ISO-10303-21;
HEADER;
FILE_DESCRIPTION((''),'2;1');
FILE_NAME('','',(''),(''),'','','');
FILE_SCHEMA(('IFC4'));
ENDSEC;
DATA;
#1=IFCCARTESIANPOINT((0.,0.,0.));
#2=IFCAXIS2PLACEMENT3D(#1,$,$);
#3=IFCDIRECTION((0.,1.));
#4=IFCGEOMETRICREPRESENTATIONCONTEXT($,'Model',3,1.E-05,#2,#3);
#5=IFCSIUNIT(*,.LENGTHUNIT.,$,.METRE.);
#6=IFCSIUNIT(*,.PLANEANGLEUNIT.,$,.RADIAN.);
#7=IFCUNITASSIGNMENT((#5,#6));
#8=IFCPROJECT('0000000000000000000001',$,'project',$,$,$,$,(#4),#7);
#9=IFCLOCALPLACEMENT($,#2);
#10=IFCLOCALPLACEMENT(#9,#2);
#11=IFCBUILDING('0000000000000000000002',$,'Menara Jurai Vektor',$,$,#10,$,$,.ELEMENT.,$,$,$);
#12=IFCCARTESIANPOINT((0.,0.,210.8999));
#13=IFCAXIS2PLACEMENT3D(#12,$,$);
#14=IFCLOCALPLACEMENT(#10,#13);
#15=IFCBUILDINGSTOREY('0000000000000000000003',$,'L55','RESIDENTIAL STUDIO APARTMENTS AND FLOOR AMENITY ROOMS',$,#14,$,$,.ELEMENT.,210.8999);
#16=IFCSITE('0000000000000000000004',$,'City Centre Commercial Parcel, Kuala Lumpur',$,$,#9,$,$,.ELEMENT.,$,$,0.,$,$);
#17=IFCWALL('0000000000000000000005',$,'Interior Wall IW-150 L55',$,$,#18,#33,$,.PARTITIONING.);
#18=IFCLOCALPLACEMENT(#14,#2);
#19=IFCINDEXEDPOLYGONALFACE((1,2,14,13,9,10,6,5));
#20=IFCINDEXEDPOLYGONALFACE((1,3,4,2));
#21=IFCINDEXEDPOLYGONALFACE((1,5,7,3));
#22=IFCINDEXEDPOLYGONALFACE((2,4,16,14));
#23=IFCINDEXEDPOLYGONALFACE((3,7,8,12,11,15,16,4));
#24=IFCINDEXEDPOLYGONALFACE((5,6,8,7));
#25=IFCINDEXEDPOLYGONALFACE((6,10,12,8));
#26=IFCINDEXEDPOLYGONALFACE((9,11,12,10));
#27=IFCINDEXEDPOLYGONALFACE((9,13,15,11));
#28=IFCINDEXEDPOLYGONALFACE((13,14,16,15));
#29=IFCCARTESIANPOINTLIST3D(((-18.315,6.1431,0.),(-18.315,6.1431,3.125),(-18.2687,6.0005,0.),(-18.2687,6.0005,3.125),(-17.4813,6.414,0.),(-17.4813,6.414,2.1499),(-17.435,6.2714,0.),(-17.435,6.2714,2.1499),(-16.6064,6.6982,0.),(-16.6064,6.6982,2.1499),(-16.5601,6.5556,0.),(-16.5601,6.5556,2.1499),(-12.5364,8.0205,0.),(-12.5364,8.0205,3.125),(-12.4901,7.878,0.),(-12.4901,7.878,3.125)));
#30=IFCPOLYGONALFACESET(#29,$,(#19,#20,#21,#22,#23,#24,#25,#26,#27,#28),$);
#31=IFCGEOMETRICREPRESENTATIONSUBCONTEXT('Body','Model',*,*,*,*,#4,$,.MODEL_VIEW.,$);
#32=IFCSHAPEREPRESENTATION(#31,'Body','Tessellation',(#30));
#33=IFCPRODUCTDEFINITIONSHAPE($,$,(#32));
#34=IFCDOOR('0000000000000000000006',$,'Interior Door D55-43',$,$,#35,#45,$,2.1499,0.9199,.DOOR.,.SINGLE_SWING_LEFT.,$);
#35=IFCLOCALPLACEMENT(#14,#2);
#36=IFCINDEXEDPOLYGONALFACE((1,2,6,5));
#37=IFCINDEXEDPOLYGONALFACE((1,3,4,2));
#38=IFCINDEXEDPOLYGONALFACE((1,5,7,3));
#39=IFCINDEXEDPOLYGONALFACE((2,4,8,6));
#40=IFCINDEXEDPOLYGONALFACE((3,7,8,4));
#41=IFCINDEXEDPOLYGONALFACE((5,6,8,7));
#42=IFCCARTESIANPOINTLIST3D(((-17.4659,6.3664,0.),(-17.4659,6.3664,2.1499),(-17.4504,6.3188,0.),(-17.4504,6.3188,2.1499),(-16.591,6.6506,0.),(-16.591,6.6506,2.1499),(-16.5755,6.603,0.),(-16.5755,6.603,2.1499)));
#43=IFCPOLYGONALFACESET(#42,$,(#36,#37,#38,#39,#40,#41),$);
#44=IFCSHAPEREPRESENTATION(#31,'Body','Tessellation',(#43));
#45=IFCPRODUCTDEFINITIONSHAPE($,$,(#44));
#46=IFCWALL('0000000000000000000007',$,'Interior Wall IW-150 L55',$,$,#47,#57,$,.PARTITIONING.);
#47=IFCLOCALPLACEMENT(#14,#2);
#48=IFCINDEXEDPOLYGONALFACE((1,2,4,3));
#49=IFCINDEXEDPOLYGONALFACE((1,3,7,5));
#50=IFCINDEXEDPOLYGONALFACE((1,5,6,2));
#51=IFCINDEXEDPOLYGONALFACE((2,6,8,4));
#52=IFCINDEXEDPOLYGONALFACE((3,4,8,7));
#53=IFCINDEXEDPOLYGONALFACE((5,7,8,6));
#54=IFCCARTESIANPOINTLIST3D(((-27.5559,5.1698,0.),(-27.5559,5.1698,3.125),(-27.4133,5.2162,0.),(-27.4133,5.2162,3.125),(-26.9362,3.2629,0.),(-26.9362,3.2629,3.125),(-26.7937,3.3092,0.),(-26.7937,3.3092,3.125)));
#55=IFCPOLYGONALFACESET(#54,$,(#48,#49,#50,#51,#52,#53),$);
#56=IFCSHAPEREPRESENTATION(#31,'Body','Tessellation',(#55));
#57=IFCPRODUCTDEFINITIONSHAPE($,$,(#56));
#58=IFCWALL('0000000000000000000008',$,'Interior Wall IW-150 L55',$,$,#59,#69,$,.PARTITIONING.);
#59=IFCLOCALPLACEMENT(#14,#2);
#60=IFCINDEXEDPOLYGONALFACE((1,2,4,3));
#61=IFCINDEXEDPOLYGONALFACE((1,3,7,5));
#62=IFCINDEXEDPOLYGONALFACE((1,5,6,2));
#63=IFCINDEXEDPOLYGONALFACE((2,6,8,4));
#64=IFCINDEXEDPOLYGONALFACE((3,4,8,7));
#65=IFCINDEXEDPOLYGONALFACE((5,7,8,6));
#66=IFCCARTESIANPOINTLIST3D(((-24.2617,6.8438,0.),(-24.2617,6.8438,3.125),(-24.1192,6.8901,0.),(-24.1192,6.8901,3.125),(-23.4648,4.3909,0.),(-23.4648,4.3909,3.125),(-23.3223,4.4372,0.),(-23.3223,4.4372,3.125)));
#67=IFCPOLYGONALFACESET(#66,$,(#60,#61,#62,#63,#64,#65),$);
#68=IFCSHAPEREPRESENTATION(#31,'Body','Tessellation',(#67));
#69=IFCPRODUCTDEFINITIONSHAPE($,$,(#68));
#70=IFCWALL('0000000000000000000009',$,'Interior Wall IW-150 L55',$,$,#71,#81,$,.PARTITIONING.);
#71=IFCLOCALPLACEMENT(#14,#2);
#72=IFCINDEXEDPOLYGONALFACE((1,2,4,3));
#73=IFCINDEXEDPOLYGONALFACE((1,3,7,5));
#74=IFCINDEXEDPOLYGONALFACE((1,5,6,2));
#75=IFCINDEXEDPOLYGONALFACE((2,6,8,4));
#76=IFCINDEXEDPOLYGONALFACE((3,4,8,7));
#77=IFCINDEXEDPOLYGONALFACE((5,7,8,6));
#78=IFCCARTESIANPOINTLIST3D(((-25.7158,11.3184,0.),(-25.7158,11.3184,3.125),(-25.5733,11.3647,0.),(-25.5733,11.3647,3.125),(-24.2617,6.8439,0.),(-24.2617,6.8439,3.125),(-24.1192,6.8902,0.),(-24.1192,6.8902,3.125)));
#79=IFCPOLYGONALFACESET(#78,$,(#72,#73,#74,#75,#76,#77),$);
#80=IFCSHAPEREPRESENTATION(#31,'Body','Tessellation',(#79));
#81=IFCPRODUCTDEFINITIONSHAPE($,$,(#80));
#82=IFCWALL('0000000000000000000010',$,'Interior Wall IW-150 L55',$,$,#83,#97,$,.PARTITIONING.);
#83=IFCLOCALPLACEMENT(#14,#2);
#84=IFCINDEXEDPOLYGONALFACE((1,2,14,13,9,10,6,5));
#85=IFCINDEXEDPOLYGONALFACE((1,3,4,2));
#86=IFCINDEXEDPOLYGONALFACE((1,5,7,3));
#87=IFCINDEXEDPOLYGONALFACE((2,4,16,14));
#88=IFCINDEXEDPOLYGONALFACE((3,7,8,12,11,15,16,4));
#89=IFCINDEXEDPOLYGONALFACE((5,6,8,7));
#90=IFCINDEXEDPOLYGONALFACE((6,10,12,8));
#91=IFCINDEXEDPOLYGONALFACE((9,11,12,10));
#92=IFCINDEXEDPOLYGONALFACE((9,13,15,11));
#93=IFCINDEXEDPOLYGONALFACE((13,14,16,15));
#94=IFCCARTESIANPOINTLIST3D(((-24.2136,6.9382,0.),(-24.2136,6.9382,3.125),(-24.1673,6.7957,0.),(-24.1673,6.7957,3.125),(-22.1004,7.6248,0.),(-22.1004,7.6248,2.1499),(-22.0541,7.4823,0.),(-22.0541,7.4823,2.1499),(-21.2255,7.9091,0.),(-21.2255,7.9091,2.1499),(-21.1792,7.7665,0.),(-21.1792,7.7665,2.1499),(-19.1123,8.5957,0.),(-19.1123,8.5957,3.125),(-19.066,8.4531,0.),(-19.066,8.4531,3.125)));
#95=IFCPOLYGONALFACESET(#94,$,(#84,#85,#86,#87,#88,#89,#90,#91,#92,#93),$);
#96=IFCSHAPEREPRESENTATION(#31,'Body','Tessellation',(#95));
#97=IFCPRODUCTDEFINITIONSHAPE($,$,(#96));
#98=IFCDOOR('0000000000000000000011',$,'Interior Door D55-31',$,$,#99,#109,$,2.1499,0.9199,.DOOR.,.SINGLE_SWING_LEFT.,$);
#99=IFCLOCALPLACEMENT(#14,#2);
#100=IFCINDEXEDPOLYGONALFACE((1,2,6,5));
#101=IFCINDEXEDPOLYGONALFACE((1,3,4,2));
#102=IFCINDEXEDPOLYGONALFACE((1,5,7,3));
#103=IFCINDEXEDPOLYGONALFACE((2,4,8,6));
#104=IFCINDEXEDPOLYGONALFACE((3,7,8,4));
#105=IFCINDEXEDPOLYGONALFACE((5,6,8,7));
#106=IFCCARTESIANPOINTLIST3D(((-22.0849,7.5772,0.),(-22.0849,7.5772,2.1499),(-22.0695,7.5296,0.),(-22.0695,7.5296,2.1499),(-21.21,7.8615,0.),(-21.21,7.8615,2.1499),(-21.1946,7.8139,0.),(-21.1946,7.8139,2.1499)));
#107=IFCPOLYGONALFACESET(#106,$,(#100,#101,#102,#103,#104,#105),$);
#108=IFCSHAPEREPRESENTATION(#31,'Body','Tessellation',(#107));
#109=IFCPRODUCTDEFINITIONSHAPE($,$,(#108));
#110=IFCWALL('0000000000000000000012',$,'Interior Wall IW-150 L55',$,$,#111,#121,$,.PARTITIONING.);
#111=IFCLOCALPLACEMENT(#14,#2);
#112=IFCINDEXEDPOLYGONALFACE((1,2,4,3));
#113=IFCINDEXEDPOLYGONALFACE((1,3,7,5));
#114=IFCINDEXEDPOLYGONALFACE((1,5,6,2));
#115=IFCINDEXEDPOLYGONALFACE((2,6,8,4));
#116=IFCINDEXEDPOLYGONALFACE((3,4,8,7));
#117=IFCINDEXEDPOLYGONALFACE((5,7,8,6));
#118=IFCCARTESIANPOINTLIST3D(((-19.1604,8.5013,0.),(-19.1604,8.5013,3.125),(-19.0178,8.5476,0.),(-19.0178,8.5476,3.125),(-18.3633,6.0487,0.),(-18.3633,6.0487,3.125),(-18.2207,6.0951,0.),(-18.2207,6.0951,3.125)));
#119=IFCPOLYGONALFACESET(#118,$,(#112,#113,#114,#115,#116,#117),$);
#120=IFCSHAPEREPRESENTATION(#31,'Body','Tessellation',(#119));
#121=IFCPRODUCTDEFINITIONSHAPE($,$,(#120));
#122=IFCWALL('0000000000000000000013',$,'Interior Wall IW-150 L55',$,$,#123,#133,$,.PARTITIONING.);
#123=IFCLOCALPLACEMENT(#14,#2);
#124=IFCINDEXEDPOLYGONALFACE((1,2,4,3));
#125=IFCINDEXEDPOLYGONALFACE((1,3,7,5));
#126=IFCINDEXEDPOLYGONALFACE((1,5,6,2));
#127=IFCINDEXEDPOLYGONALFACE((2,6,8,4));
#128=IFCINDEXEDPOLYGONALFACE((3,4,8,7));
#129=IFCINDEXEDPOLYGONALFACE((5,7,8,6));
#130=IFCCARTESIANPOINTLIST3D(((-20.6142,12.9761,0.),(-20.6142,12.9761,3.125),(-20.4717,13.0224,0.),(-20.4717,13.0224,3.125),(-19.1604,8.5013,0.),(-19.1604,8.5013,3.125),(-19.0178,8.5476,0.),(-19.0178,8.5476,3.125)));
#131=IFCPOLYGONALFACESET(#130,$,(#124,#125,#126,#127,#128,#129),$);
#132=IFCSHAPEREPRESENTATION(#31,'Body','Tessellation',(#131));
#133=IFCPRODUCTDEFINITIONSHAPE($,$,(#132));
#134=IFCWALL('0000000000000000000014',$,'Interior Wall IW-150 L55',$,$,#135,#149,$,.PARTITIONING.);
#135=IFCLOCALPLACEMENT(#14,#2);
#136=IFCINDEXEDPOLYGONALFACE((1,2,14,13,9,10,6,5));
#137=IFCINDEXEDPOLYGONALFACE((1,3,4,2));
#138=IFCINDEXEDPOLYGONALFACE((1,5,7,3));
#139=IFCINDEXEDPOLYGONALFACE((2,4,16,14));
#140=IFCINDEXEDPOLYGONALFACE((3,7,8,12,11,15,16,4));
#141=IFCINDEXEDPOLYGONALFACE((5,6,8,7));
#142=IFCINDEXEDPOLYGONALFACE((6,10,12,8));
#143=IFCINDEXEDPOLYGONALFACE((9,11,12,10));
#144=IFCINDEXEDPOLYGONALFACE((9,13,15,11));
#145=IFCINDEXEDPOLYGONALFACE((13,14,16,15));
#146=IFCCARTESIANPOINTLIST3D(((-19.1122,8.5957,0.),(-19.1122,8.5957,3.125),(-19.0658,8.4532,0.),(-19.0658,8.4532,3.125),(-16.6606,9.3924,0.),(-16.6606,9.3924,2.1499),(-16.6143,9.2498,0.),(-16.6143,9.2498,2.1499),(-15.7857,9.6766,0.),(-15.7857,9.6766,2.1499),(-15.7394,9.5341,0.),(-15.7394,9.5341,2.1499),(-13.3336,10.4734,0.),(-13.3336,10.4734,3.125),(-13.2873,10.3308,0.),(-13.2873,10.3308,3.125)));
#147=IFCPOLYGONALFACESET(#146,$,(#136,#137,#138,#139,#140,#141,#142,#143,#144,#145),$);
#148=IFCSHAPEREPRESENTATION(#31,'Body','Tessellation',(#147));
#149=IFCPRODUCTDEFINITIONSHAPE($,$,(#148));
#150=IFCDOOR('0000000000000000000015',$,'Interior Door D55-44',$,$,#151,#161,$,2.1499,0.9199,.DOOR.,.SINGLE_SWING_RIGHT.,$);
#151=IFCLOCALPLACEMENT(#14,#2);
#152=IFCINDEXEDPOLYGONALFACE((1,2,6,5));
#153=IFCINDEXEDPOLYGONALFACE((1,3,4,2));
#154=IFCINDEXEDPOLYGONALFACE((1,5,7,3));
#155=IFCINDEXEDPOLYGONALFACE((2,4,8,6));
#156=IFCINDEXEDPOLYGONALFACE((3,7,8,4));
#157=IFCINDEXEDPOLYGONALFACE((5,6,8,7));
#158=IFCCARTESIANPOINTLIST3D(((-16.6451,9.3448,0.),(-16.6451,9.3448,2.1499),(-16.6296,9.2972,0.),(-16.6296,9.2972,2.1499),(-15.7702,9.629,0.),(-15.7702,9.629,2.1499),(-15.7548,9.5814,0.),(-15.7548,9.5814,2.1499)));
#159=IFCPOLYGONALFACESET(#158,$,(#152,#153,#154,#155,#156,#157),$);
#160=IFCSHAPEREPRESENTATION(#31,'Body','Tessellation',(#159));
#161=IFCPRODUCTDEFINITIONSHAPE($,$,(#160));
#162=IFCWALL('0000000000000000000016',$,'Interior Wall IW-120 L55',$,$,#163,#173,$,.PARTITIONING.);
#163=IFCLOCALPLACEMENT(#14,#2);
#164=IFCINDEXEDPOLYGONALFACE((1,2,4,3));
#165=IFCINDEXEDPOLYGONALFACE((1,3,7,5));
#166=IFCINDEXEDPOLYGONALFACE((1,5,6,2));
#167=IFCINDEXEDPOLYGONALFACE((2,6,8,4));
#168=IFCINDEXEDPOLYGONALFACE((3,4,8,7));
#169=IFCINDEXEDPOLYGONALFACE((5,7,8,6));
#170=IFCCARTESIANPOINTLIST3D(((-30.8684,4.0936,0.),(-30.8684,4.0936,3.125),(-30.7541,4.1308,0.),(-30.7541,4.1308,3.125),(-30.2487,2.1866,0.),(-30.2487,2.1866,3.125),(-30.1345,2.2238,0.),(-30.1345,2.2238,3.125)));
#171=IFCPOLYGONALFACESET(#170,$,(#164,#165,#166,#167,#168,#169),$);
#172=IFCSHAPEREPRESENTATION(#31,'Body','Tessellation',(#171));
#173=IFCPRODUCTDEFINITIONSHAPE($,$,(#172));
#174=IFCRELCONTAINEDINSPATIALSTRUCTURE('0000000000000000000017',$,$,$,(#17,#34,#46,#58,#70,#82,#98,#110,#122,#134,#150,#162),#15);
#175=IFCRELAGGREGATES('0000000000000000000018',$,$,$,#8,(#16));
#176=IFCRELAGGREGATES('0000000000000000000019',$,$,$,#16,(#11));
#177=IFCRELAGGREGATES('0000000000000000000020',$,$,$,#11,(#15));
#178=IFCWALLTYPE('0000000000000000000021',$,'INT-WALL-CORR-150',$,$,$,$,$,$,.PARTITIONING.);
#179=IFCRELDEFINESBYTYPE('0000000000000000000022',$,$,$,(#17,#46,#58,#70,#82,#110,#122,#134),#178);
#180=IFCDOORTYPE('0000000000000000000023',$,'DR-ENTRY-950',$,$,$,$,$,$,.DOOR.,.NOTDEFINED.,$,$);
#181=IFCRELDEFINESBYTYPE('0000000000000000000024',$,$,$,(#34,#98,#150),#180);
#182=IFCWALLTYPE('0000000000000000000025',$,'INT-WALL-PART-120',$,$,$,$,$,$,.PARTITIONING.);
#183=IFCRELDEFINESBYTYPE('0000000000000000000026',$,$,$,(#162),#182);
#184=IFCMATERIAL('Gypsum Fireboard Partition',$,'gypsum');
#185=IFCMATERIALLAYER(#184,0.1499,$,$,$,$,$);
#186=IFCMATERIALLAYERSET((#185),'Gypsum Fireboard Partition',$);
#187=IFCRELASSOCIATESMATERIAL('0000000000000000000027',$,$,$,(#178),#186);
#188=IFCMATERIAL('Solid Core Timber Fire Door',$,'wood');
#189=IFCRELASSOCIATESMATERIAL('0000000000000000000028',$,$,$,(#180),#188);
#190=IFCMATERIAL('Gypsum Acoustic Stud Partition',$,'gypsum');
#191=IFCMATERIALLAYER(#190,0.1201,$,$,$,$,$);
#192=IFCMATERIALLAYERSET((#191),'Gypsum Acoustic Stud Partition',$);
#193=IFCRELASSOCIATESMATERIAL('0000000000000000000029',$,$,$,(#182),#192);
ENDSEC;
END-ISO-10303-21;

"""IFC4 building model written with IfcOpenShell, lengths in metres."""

from ifc_helpers import new_model, si_unit, direction, frame, frame_2d, origin, place, context, subcontext, project, spatial, rectangle, extrude, material, layer, layer_set, type_object, element, fill, save


model = new_model("IFC4")

# Units and contexts
model_context = context("Model", 3, precision=1e-05, world=origin(), true_north=direction((0.0, 1.0)))
body_context = subcontext(model_context, "Body", "Model", "MODEL_VIEW")
ifc_project = project(units=[si_unit("LENGTHUNIT", "METRE"), si_unit("PLANEANGLEUNIT", "RADIAN")], contexts=[model_context])

# Site, building, storey
site_placement = place(None, origin())
site = spatial("IfcSite", under=ifc_project, at=site_placement, Name="City Centre Commercial Parcel, Kuala Lumpur", CompositionType="ELEMENT", RefElevation=0.0)
building_placement = place(site_placement, origin())
building = spatial("IfcBuilding", under=site, at=building_placement, Name="Menara Jurai Vektor", CompositionType="ELEMENT")
storey_placement = place(building_placement, frame((0.0, 0.0, 210.8999)))
storey = spatial("IfcBuildingStorey", under=building, at=storey_placement, Name="L55", Description="RESIDENTIAL STUDIO APARTMENTS AND FLOOR AMENITY ROOMS", CompositionType="ELEMENT", Elevation=210.8999)

# Shared definitions
ifc_material_1 = material(Name="Gypsum Fireboard Partition", Category="gypsum")
ifc_layer_1 = layer(ifc_material_1, 0.1499)
ifc_layer_set_1 = layer_set([ifc_layer_1], Name="Gypsum Fireboard Partition")
wall_type_1 = type_object("IfcWallType", Name="INT-WALL-CORR-150", PredefinedType="PARTITIONING", material=ifc_layer_set_1)

# Wall, opening, door
ifc_material_2 = material(Name="Solid Core Timber Fire Door", Category="wood")
door_type = type_object("IfcDoorType", Name="DR-ENTRY-950", OperationType="NOTDEFINED", PredefinedType="DOOR", material=ifc_material_2)
wall_1_placement = place(storey_placement, frame((-18.292, 6.0718, 0.0), z_axis=(0.0, 0.0, 1.0), x_axis=(0.951063, 0.308998, 0.0)))
wall_1 = element("IfcWall", 1, at=wall_1_placement, inside=storey, type_object=wall_type_1, Name="Interior Wall IW-150 L55", PredefinedType="PARTITIONING", context=body_context, shape_type="SweptSolid", body=[
    extrude(rectangle(XDim=6.0759, YDim=0.1499, at=frame_2d((3.0381, 0.0))), origin(), (0.0, 0.0, 1.0), 3.125),
])
opening_1_placement = place(wall_1_placement, frame((0.8767, 0.0, 0.0)))
opening_1 = element("IfcOpeningElement", 2, at=opening_1_placement, cuts=wall_1, PredefinedType="OPENING", context=body_context, shape_type="SweptSolid", body=[
    extrude(rectangle(XDim=0.9199, YDim=2.1499, at=frame_2d((0.46, 1.075))), frame((0.0, 0.085, 0.0), z_axis=(0.0, -1.0, 0.0), x_axis=(1.0, 0.0, 0.0)), (0.0, 0.0, 1.0), 0.1699),
])
door_1_placement = place(opening_1_placement, origin())
door_1 = element("IfcDoor", 3, at=door_1_placement, inside=storey, type_object=door_type, Name="Interior Door D55-43", OperationType="SINGLE_SWING_LEFT", OverallHeight=2.1499, OverallWidth=0.9199, PredefinedType="DOOR", context=body_context, shape_type="SweptSolid", body=[
    extrude(rectangle(XDim=0.9199, YDim=2.1499, at=frame_2d((0.46, 1.075))), frame((0.0, 0.0249, 0.0), z_axis=(0.0, -1.0, 0.0), x_axis=(1.0, 0.0, 0.0)), (0.0, 0.0, 1.0), 0.05),
])
fill(opening_1, door_1)

# Walls
wall_2_placement = place(storey_placement, frame((-26.865, 3.2861, 0.0), z_axis=(0.0, 0.0, 1.0), x_axis=(-0.309023, 0.951055, 0.0)))
element("IfcWall", 4, at=wall_2_placement, inside=storey, type_object=wall_type_1, Name="Interior Wall IW-150 L55", PredefinedType="PARTITIONING", context=body_context, shape_type="SweptSolid", body=[
    extrude(rectangle(XDim=2.0051, YDim=0.1499, at=frame_2d((1.0024, 0.0))), origin(), (0.0, 0.0, 1.0), 3.125),
])
wall_3_placement = place(storey_placement, frame((-23.3936, 4.4141, 0.0), z_axis=(0.0, 0.0, 1.0), x_axis=(-0.308977, 0.95107, 0.0)))
element("IfcWall", 5, at=wall_3_placement, inside=storey, type_object=wall_type_1, Name="Interior Wall IW-150 L55", PredefinedType="PARTITIONING", context=body_context, shape_type="SweptSolid", body=[
    extrude(rectangle(XDim=2.5791, YDim=0.1499, at=frame_2d((1.2896, 0.0))), origin(), (0.0, 0.0, 1.0), 3.125),
])
wall_4_placement = place(storey_placement, frame((-24.1904, 6.8669, 0.0), z_axis=(0.0, 0.0, 1.0), x_axis=(-0.309058, 0.951043, 0.0)))
element("IfcWall", 6, at=wall_4_placement, inside=storey, type_object=wall_type_1, Name="Interior Wall IW-150 L55", PredefinedType="PARTITIONING", context=body_context, shape_type="SweptSolid", body=[
    extrude(rectangle(XDim=4.7048, YDim=0.1499, at=frame_2d((2.3525, 0.0))), origin(), (0.0, 0.0, 1.0), 3.125),
])

# Wall, opening, door
wall_5_placement = place(storey_placement, frame((-24.1904, 6.8669, 0.0), z_axis=(0.0, 0.0, 1.0), x_axis=(0.951059, 0.309009, 0.0)))
wall_5 = element("IfcWall", 7, at=wall_5_placement, inside=storey, type_object=wall_type_1, Name="Interior Wall IW-150 L55", PredefinedType="PARTITIONING", context=body_context, shape_type="SweptSolid", body=[
    extrude(rectangle(XDim=5.3638, YDim=0.1499, at=frame_2d((2.6819, 0.0))), origin(), (0.0, 0.0, 1.0), 3.125),
])
opening_2_placement = place(wall_5_placement, frame((2.2219, 0.0, 0.0)))
opening_2 = element("IfcOpeningElement", 8, at=opening_2_placement, cuts=wall_5, PredefinedType="OPENING", context=body_context, shape_type="SweptSolid", body=[
    extrude(rectangle(XDim=0.9199, YDim=2.1499, at=frame_2d((0.46, 1.075))), frame((0.0, 0.085, 0.0), z_axis=(0.0, -1.0, 0.0), x_axis=(1.0, 0.0, 0.0)), (0.0, 0.0, 1.0), 0.1699),
])
door_2_placement = place(opening_2_placement, origin())
door_2 = element("IfcDoor", 9, at=door_2_placement, inside=storey, type_object=door_type, Name="Interior Door D55-31", OperationType="SINGLE_SWING_LEFT", OverallHeight=2.1499, OverallWidth=0.9199, PredefinedType="DOOR", context=body_context, shape_type="SweptSolid", body=[
    extrude(rectangle(XDim=0.9199, YDim=2.1499, at=frame_2d((0.46, 1.075))), frame((0.0, 0.0249, 0.0), z_axis=(0.0, -1.0, 0.0), x_axis=(1.0, 0.0, 0.0)), (0.0, 0.0, 1.0), 0.05),
])
fill(opening_2, door_2)

# Walls
wall_6_placement = place(storey_placement, frame((-18.292, 6.0718, 0.0), z_axis=(0.0, 0.0, 1.0), x_axis=(-0.30909, 0.951033, 0.0)))
element("IfcWall", 10, at=wall_6_placement, inside=storey, type_object=wall_type_1, Name="Interior Wall IW-150 L55", PredefinedType="PARTITIONING", context=body_context, shape_type="SweptSolid", body=[
    extrude(rectangle(XDim=2.5789, YDim=0.1499, at=frame_2d((1.2896, 0.0))), origin(), (0.0, 0.0, 1.0), 3.125),
])
wall_7_placement = place(storey_placement, frame((-19.0891, 8.5244, 0.0), z_axis=(0.0, 0.0, 1.0), x_axis=(-0.308996, 0.951063, 0.0)))
element("IfcWall", 11, at=wall_7_placement, inside=storey, type_object=wall_type_1, Name="Interior Wall IW-150 L55", PredefinedType="PARTITIONING", context=body_context, shape_type="SweptSolid", body=[
    extrude(rectangle(XDim=4.7051, YDim=0.1499, at=frame_2d((2.3525, 0.0))), origin(), (0.0, 0.0, 1.0), 3.125),
])

# Wall, opening, door
wall_8_placement = place(storey_placement, frame((-19.0891, 8.5244, 0.0), z_axis=(0.0, 0.0, 1.0), x_axis=(0.951051, 0.309034, 0.0)))
wall_8 = element("IfcWall", 12, at=wall_8_placement, inside=storey, type_object=wall_type_1, Name="Interior Wall IW-150 L55", PredefinedType="PARTITIONING", context=body_context, shape_type="SweptSolid", body=[
    extrude(rectangle(XDim=6.0759, YDim=0.1499, at=frame_2d((3.0381, 0.0))), origin(), (0.0, 0.0, 1.0), 3.125),
])
opening_3_placement = place(wall_8_placement, frame((2.5779, 0.0, 0.0)))
opening_3 = element("IfcOpeningElement", 13, at=opening_3_placement, cuts=wall_8, PredefinedType="OPENING", context=body_context, shape_type="SweptSolid", body=[
    extrude(rectangle(XDim=0.9199, YDim=2.1499, at=frame_2d((0.46, 1.075))), frame((0.0, 0.085, 0.0), z_axis=(0.0, -1.0, 0.0), x_axis=(1.0, 0.0, 0.0)), (0.0, 0.0, 1.0), 0.1699),
])
door_3_placement = place(opening_3_placement, origin())
door_3 = element("IfcDoor", 14, at=door_3_placement, inside=storey, type_object=door_type, Name="Interior Door D55-44", OperationType="SINGLE_SWING_RIGHT", OverallHeight=2.1499, OverallWidth=0.9199, PredefinedType="DOOR", context=body_context, shape_type="SweptSolid", body=[
    extrude(rectangle(XDim=0.9199, YDim=2.1499, at=frame_2d((0.46, 1.075))), frame((0.0, 0.0249, 0.0), z_axis=(0.0, -1.0, 0.0), x_axis=(1.0, 0.0, 0.0)), (0.0, 0.0, 1.0), 0.05),
])
fill(opening_3, door_3)

# Wall
ifc_material_3 = material(Name="Gypsum Acoustic Stud Partition", Category="gypsum")
ifc_layer_2 = layer(ifc_material_3, 0.1201)
ifc_layer_set_2 = layer_set([ifc_layer_2], Name="Gypsum Acoustic Stud Partition")
wall_type_2 = type_object("IfcWallType", Name="INT-WALL-PART-120", PredefinedType="PARTITIONING", material=ifc_layer_set_2)
wall_9_placement = place(storey_placement, frame((-30.1917, 2.2053, 0.0), z_axis=(0.0, 0.0, 1.0), x_axis=(-0.309023, 0.951055, 0.0)))
element("IfcWall", 15, at=wall_9_placement, inside=storey, type_object=wall_type_2, Name="Interior Wall IW-120 L55", PredefinedType="PARTITIONING", context=body_context, shape_type="SweptSolid", body=[
    extrude(rectangle(XDim=2.0051, YDim=0.1201, at=frame_2d((1.0024, 0.0))), origin(), (0.0, 0.0, 1.0), 3.125),
])

save(model, "model.ifc")
